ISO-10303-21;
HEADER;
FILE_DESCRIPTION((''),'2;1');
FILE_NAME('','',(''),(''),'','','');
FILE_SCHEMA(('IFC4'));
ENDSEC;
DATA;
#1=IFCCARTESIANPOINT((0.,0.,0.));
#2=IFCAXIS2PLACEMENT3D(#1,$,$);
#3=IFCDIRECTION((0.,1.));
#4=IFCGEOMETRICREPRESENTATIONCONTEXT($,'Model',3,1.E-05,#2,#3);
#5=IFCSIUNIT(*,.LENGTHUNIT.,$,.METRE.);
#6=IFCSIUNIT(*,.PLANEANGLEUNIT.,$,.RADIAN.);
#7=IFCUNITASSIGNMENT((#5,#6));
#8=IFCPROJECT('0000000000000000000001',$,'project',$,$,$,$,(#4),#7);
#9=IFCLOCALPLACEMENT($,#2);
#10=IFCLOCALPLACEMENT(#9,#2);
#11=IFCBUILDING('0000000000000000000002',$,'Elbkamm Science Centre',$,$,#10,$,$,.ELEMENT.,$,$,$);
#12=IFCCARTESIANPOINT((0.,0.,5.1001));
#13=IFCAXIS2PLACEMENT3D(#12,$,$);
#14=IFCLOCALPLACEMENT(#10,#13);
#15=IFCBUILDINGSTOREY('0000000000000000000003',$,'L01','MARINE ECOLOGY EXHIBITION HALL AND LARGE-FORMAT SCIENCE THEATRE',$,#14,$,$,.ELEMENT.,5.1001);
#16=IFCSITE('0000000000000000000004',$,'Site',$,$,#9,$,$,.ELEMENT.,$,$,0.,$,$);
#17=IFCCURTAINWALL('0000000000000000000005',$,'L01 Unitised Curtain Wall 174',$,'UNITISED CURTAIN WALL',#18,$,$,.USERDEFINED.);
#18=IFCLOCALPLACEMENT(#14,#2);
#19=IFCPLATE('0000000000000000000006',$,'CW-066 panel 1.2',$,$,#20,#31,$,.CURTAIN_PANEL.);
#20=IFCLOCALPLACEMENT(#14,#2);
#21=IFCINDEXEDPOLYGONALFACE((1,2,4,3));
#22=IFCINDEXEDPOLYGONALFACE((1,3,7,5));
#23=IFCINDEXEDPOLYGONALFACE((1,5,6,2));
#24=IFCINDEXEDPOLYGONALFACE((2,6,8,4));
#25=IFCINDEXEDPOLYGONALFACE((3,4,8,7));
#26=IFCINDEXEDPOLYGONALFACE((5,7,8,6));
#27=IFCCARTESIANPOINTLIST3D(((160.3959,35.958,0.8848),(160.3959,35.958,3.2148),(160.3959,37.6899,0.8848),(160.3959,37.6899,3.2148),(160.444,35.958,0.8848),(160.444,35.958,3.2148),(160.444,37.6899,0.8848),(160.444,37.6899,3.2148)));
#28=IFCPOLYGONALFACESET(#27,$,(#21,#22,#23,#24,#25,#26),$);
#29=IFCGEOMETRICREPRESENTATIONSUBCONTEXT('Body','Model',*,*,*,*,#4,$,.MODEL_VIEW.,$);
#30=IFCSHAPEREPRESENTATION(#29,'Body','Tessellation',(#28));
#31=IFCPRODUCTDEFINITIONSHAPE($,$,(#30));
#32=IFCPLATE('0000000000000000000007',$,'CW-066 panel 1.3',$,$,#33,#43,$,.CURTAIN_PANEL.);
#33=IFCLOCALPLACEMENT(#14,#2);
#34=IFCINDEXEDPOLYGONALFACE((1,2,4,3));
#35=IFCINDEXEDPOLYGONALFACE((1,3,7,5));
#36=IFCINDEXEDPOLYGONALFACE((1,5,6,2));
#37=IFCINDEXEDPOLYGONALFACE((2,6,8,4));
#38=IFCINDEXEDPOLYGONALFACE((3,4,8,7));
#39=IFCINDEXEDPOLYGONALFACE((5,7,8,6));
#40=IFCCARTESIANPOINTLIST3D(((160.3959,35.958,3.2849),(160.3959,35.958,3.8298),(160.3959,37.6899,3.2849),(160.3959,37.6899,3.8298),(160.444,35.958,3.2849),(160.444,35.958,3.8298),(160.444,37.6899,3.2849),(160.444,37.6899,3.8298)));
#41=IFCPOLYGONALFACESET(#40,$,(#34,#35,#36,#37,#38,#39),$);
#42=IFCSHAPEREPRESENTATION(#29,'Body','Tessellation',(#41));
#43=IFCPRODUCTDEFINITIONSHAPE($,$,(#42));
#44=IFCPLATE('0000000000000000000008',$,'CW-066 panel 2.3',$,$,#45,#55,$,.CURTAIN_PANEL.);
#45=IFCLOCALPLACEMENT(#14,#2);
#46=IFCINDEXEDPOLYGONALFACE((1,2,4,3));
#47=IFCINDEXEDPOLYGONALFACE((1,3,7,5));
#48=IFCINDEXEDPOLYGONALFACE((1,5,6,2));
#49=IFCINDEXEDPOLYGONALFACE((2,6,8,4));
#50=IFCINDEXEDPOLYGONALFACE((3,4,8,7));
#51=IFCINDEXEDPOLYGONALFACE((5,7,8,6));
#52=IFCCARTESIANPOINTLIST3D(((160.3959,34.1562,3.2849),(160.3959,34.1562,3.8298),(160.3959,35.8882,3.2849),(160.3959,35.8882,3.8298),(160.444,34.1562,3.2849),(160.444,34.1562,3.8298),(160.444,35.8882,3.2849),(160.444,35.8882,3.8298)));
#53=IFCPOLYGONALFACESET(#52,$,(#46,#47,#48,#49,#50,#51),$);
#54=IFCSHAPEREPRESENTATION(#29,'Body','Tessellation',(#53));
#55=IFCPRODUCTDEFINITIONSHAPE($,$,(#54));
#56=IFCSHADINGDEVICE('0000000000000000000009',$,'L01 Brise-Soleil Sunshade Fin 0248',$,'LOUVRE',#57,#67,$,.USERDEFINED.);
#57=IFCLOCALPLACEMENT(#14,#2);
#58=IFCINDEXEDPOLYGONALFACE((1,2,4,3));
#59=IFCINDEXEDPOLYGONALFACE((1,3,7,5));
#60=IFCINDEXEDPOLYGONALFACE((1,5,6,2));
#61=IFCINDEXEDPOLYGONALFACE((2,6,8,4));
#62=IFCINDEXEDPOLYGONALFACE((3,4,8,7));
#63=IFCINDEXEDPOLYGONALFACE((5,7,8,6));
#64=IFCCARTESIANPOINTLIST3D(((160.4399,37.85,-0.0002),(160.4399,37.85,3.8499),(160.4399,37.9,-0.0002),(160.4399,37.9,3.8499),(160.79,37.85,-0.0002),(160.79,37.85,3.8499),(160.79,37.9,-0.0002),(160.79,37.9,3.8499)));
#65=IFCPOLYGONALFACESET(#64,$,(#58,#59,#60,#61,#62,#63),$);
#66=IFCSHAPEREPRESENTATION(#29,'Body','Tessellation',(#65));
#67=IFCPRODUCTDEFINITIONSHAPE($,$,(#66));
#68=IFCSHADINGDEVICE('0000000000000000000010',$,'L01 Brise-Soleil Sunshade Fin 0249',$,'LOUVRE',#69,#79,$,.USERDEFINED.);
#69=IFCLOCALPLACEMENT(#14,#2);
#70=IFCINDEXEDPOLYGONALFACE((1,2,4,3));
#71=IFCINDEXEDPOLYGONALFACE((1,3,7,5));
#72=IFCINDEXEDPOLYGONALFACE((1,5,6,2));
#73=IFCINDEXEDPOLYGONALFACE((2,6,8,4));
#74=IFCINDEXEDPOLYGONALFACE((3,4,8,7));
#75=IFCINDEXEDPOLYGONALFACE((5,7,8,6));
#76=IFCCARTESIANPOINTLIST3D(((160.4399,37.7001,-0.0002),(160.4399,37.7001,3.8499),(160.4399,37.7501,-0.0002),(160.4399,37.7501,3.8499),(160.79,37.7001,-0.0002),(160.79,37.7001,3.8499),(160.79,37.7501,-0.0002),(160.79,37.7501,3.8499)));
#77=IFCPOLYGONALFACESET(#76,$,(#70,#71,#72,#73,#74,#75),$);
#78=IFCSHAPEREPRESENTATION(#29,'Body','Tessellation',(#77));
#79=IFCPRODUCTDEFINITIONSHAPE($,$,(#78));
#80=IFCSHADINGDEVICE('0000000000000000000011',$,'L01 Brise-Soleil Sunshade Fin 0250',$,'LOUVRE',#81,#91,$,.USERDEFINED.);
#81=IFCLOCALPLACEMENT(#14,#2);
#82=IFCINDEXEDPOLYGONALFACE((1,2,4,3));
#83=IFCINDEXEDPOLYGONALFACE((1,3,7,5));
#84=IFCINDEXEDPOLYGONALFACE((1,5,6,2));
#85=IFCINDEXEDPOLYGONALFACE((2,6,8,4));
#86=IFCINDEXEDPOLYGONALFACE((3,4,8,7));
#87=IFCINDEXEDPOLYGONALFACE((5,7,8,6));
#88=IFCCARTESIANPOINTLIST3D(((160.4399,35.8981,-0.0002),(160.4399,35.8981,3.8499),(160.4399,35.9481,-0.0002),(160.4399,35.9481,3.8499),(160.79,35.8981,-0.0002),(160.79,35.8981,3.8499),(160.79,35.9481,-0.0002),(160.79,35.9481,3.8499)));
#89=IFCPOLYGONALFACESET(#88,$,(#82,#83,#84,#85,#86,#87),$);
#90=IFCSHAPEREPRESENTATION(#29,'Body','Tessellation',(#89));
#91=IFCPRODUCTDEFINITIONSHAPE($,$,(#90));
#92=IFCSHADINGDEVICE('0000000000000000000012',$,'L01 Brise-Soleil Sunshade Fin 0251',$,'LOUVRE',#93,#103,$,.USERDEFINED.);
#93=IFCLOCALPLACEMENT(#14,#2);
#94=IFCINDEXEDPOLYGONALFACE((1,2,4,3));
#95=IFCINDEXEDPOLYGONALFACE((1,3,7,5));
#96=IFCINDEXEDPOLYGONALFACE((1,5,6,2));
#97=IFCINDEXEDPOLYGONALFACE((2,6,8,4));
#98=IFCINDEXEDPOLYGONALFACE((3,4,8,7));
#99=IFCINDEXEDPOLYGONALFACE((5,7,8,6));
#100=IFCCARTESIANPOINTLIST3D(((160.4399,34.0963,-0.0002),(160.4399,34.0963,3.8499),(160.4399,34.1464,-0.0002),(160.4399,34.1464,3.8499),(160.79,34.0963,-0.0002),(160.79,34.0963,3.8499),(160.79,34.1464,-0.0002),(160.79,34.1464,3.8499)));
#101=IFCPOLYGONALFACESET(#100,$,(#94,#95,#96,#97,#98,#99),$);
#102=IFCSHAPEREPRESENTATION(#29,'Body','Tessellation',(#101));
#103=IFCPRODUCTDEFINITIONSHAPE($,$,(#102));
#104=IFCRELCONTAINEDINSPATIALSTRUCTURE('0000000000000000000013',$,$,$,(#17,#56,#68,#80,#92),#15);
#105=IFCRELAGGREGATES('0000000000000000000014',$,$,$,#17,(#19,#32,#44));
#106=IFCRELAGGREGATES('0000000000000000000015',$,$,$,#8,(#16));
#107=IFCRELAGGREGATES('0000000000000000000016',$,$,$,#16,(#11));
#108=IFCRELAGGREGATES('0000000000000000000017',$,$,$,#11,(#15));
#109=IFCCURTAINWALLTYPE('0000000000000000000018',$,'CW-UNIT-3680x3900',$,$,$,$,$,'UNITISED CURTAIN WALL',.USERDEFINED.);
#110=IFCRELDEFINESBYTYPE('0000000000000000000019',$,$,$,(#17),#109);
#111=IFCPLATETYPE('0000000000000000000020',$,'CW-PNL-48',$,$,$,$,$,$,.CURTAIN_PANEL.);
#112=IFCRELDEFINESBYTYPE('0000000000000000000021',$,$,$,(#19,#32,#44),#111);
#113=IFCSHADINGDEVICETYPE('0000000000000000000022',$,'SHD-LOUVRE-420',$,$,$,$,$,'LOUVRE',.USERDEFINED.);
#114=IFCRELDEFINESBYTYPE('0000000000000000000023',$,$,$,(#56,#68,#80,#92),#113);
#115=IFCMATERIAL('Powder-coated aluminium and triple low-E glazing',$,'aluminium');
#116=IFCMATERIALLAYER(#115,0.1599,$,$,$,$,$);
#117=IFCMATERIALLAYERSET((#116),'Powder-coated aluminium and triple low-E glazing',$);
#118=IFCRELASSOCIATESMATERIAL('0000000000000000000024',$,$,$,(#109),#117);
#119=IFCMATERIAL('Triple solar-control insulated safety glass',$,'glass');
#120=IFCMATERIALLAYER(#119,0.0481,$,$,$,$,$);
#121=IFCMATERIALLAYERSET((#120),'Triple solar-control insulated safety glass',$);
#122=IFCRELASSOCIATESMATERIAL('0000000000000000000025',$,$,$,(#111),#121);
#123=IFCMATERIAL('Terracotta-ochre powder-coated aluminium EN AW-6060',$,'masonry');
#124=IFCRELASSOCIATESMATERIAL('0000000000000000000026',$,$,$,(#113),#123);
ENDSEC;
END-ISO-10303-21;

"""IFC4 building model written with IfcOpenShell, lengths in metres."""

from ifc_helpers import new_model, si_unit, direction, frame, origin, origin_2d, place, context, subcontext, project, spatial, rectangle, extrude, material, layer, layer_set, type_object, element, aggregate, save


model = new_model("IFC4")

# Units and contexts
model_context = context("Model", 3, precision=1e-05, world=origin(), true_north=direction((0.0, 1.0)))
body_context = subcontext(model_context, "Body", "Model", "MODEL_VIEW")
ifc_project = project(units=[si_unit("LENGTHUNIT", "METRE"), si_unit("PLANEANGLEUNIT", "RADIAN")], contexts=[model_context])

# Site, building, storey
site_placement = place(None, origin())
site = spatial("IfcSite", under=ifc_project, at=site_placement, Name="Site", CompositionType="ELEMENT", RefElevation=0.0)
building_placement = place(site_placement, origin())
building = spatial("IfcBuilding", under=site, at=building_placement, Name="Elbkamm Science Centre", CompositionType="ELEMENT")
storey_placement = place(building_placement, frame((0.0, 0.0, 5.1001)))
storey = spatial("IfcBuildingStorey", under=building, at=storey_placement, Name="L01", Description="MARINE ECOLOGY EXHIBITION HALL AND LARGE-FORMAT SCIENCE THEATRE", CompositionType="ELEMENT", Elevation=5.1001)

# Curtain wall
ifc_material_1 = material(Name="Powder-coated aluminium and triple low-E glazing", Category="aluminium")
ifc_layer_1 = layer(ifc_material_1, 0.1599)
ifc_layer_set_1 = layer_set([ifc_layer_1], Name="Powder-coated aluminium and triple low-E glazing")
curtain_wall_type = type_object("IfcCurtainWallType", Name="CW-UNIT-3680x3900", ElementType="UNITISED CURTAIN WALL", PredefinedType="USERDEFINED", material=ifc_layer_set_1)
curtain_wall_1_placement = place(storey_placement, origin())
curtain_wall_1 = element("IfcCurtainWall", 1, at=curtain_wall_1_placement, inside=storey, type_object=curtain_wall_type, Name="L01 Unitised Curtain Wall 174", ObjectType="UNITISED CURTAIN WALL", PredefinedType="USERDEFINED")

# Plates
ifc_material_2 = material(Name="Triple solar-control insulated safety glass", Category="glass")
ifc_layer_2 = layer(ifc_material_2, 0.0481)
ifc_layer_set_2 = layer_set([ifc_layer_2], Name="Triple solar-control insulated safety glass")
plate_type = type_object("IfcPlateType", Name="CW-PNL-48", PredefinedType="CURTAIN_PANEL", material=ifc_layer_set_2)
plate_1_placement = place(storey_placement, frame((160.4199, 36.824, 0.8848), z_axis=(0.0, 0.0, 1.0), x_axis=(0.0, -1.0, 0.0)))
plate_1 = element("IfcPlate", 2, at=plate_1_placement, type_object=plate_type, Name="CW-066 panel 1.2", PredefinedType="CURTAIN_PANEL", context=body_context, shape_type="SweptSolid", body=[
    extrude(rectangle(XDim=1.7319, YDim=0.0481, at=origin_2d()), origin(), (0.0, 0.0, 1.0), 2.3301),
])
plate_2_placement = place(storey_placement, frame((160.4199, 36.824, 3.2849), z_axis=(0.0, 0.0, 1.0), x_axis=(0.0, -1.0, 0.0)))
plate_2 = element("IfcPlate", 3, at=plate_2_placement, type_object=plate_type, Name="CW-066 panel 1.3", PredefinedType="CURTAIN_PANEL", context=body_context, shape_type="SweptSolid", body=[
    extrude(rectangle(XDim=1.7319, YDim=0.0481, at=origin_2d()), origin(), (0.0, 0.0, 1.0), 0.5449),
])
plate_3_placement = place(storey_placement, frame((160.4199, 35.0222, 3.2849), z_axis=(0.0, 0.0, 1.0), x_axis=(0.0, -1.0, 0.0)))
plate_3 = element("IfcPlate", 4, at=plate_3_placement, type_object=plate_type, Name="CW-066 panel 2.3", PredefinedType="CURTAIN_PANEL", context=body_context, shape_type="SweptSolid", body=[
    extrude(rectangle(XDim=1.7319, YDim=0.0481, at=origin_2d()), origin(), (0.0, 0.0, 1.0), 0.5449),
])
aggregate(curtain_wall_1, [plate_1, plate_2, plate_3])

# Shading devices
ifc_material_3 = material(Name="Terracotta-ochre powder-coated aluminium EN AW-6060", Category="masonry")
shading_device_type = type_object("IfcShadingDeviceType", Name="SHD-LOUVRE-420", ElementType="LOUVRE", PredefinedType="USERDEFINED", material=ifc_material_3)
for number, where, z_axis, x_axis, name in (
    (5, (160.615, 37.875, -0.0002), (0.0, 0.0, 1.0), (1.0, 0.0, 0.0), "L01 Brise-Soleil Sunshade Fin 0248"),
    (6, (160.615, 37.7251, -0.0002), (0.0, 0.0, 1.0), (1.0, 0.0, 0.0), "L01 Brise-Soleil Sunshade Fin 0249"),
    (7, (160.615, 35.9231, -0.0002), (0.0, 0.0, 1.0), (1.0, 0.0, 0.0), "L01 Brise-Soleil Sunshade Fin 0250"),
    (8, (160.615, 34.1213, -0.0002), (0.0, 0.0, 1.0), (1.0, 0.0, 0.0), "L01 Brise-Soleil Sunshade Fin 0251"),
):
    element("IfcShadingDevice", number, at=place(storey_placement, frame(where, z_axis=z_axis, x_axis=x_axis)), inside=storey, type_object=shading_device_type, Name=name, ObjectType="LOUVRE", PredefinedType="USERDEFINED", context=body_context, shape_type="SweptSolid", body=[
        extrude(rectangle(XDim=0.3501, YDim=0.05, at=origin_2d()), origin(), (0.0, 0.0, 1.0), 3.8501),
    ])

save(model, "model.ifc")
